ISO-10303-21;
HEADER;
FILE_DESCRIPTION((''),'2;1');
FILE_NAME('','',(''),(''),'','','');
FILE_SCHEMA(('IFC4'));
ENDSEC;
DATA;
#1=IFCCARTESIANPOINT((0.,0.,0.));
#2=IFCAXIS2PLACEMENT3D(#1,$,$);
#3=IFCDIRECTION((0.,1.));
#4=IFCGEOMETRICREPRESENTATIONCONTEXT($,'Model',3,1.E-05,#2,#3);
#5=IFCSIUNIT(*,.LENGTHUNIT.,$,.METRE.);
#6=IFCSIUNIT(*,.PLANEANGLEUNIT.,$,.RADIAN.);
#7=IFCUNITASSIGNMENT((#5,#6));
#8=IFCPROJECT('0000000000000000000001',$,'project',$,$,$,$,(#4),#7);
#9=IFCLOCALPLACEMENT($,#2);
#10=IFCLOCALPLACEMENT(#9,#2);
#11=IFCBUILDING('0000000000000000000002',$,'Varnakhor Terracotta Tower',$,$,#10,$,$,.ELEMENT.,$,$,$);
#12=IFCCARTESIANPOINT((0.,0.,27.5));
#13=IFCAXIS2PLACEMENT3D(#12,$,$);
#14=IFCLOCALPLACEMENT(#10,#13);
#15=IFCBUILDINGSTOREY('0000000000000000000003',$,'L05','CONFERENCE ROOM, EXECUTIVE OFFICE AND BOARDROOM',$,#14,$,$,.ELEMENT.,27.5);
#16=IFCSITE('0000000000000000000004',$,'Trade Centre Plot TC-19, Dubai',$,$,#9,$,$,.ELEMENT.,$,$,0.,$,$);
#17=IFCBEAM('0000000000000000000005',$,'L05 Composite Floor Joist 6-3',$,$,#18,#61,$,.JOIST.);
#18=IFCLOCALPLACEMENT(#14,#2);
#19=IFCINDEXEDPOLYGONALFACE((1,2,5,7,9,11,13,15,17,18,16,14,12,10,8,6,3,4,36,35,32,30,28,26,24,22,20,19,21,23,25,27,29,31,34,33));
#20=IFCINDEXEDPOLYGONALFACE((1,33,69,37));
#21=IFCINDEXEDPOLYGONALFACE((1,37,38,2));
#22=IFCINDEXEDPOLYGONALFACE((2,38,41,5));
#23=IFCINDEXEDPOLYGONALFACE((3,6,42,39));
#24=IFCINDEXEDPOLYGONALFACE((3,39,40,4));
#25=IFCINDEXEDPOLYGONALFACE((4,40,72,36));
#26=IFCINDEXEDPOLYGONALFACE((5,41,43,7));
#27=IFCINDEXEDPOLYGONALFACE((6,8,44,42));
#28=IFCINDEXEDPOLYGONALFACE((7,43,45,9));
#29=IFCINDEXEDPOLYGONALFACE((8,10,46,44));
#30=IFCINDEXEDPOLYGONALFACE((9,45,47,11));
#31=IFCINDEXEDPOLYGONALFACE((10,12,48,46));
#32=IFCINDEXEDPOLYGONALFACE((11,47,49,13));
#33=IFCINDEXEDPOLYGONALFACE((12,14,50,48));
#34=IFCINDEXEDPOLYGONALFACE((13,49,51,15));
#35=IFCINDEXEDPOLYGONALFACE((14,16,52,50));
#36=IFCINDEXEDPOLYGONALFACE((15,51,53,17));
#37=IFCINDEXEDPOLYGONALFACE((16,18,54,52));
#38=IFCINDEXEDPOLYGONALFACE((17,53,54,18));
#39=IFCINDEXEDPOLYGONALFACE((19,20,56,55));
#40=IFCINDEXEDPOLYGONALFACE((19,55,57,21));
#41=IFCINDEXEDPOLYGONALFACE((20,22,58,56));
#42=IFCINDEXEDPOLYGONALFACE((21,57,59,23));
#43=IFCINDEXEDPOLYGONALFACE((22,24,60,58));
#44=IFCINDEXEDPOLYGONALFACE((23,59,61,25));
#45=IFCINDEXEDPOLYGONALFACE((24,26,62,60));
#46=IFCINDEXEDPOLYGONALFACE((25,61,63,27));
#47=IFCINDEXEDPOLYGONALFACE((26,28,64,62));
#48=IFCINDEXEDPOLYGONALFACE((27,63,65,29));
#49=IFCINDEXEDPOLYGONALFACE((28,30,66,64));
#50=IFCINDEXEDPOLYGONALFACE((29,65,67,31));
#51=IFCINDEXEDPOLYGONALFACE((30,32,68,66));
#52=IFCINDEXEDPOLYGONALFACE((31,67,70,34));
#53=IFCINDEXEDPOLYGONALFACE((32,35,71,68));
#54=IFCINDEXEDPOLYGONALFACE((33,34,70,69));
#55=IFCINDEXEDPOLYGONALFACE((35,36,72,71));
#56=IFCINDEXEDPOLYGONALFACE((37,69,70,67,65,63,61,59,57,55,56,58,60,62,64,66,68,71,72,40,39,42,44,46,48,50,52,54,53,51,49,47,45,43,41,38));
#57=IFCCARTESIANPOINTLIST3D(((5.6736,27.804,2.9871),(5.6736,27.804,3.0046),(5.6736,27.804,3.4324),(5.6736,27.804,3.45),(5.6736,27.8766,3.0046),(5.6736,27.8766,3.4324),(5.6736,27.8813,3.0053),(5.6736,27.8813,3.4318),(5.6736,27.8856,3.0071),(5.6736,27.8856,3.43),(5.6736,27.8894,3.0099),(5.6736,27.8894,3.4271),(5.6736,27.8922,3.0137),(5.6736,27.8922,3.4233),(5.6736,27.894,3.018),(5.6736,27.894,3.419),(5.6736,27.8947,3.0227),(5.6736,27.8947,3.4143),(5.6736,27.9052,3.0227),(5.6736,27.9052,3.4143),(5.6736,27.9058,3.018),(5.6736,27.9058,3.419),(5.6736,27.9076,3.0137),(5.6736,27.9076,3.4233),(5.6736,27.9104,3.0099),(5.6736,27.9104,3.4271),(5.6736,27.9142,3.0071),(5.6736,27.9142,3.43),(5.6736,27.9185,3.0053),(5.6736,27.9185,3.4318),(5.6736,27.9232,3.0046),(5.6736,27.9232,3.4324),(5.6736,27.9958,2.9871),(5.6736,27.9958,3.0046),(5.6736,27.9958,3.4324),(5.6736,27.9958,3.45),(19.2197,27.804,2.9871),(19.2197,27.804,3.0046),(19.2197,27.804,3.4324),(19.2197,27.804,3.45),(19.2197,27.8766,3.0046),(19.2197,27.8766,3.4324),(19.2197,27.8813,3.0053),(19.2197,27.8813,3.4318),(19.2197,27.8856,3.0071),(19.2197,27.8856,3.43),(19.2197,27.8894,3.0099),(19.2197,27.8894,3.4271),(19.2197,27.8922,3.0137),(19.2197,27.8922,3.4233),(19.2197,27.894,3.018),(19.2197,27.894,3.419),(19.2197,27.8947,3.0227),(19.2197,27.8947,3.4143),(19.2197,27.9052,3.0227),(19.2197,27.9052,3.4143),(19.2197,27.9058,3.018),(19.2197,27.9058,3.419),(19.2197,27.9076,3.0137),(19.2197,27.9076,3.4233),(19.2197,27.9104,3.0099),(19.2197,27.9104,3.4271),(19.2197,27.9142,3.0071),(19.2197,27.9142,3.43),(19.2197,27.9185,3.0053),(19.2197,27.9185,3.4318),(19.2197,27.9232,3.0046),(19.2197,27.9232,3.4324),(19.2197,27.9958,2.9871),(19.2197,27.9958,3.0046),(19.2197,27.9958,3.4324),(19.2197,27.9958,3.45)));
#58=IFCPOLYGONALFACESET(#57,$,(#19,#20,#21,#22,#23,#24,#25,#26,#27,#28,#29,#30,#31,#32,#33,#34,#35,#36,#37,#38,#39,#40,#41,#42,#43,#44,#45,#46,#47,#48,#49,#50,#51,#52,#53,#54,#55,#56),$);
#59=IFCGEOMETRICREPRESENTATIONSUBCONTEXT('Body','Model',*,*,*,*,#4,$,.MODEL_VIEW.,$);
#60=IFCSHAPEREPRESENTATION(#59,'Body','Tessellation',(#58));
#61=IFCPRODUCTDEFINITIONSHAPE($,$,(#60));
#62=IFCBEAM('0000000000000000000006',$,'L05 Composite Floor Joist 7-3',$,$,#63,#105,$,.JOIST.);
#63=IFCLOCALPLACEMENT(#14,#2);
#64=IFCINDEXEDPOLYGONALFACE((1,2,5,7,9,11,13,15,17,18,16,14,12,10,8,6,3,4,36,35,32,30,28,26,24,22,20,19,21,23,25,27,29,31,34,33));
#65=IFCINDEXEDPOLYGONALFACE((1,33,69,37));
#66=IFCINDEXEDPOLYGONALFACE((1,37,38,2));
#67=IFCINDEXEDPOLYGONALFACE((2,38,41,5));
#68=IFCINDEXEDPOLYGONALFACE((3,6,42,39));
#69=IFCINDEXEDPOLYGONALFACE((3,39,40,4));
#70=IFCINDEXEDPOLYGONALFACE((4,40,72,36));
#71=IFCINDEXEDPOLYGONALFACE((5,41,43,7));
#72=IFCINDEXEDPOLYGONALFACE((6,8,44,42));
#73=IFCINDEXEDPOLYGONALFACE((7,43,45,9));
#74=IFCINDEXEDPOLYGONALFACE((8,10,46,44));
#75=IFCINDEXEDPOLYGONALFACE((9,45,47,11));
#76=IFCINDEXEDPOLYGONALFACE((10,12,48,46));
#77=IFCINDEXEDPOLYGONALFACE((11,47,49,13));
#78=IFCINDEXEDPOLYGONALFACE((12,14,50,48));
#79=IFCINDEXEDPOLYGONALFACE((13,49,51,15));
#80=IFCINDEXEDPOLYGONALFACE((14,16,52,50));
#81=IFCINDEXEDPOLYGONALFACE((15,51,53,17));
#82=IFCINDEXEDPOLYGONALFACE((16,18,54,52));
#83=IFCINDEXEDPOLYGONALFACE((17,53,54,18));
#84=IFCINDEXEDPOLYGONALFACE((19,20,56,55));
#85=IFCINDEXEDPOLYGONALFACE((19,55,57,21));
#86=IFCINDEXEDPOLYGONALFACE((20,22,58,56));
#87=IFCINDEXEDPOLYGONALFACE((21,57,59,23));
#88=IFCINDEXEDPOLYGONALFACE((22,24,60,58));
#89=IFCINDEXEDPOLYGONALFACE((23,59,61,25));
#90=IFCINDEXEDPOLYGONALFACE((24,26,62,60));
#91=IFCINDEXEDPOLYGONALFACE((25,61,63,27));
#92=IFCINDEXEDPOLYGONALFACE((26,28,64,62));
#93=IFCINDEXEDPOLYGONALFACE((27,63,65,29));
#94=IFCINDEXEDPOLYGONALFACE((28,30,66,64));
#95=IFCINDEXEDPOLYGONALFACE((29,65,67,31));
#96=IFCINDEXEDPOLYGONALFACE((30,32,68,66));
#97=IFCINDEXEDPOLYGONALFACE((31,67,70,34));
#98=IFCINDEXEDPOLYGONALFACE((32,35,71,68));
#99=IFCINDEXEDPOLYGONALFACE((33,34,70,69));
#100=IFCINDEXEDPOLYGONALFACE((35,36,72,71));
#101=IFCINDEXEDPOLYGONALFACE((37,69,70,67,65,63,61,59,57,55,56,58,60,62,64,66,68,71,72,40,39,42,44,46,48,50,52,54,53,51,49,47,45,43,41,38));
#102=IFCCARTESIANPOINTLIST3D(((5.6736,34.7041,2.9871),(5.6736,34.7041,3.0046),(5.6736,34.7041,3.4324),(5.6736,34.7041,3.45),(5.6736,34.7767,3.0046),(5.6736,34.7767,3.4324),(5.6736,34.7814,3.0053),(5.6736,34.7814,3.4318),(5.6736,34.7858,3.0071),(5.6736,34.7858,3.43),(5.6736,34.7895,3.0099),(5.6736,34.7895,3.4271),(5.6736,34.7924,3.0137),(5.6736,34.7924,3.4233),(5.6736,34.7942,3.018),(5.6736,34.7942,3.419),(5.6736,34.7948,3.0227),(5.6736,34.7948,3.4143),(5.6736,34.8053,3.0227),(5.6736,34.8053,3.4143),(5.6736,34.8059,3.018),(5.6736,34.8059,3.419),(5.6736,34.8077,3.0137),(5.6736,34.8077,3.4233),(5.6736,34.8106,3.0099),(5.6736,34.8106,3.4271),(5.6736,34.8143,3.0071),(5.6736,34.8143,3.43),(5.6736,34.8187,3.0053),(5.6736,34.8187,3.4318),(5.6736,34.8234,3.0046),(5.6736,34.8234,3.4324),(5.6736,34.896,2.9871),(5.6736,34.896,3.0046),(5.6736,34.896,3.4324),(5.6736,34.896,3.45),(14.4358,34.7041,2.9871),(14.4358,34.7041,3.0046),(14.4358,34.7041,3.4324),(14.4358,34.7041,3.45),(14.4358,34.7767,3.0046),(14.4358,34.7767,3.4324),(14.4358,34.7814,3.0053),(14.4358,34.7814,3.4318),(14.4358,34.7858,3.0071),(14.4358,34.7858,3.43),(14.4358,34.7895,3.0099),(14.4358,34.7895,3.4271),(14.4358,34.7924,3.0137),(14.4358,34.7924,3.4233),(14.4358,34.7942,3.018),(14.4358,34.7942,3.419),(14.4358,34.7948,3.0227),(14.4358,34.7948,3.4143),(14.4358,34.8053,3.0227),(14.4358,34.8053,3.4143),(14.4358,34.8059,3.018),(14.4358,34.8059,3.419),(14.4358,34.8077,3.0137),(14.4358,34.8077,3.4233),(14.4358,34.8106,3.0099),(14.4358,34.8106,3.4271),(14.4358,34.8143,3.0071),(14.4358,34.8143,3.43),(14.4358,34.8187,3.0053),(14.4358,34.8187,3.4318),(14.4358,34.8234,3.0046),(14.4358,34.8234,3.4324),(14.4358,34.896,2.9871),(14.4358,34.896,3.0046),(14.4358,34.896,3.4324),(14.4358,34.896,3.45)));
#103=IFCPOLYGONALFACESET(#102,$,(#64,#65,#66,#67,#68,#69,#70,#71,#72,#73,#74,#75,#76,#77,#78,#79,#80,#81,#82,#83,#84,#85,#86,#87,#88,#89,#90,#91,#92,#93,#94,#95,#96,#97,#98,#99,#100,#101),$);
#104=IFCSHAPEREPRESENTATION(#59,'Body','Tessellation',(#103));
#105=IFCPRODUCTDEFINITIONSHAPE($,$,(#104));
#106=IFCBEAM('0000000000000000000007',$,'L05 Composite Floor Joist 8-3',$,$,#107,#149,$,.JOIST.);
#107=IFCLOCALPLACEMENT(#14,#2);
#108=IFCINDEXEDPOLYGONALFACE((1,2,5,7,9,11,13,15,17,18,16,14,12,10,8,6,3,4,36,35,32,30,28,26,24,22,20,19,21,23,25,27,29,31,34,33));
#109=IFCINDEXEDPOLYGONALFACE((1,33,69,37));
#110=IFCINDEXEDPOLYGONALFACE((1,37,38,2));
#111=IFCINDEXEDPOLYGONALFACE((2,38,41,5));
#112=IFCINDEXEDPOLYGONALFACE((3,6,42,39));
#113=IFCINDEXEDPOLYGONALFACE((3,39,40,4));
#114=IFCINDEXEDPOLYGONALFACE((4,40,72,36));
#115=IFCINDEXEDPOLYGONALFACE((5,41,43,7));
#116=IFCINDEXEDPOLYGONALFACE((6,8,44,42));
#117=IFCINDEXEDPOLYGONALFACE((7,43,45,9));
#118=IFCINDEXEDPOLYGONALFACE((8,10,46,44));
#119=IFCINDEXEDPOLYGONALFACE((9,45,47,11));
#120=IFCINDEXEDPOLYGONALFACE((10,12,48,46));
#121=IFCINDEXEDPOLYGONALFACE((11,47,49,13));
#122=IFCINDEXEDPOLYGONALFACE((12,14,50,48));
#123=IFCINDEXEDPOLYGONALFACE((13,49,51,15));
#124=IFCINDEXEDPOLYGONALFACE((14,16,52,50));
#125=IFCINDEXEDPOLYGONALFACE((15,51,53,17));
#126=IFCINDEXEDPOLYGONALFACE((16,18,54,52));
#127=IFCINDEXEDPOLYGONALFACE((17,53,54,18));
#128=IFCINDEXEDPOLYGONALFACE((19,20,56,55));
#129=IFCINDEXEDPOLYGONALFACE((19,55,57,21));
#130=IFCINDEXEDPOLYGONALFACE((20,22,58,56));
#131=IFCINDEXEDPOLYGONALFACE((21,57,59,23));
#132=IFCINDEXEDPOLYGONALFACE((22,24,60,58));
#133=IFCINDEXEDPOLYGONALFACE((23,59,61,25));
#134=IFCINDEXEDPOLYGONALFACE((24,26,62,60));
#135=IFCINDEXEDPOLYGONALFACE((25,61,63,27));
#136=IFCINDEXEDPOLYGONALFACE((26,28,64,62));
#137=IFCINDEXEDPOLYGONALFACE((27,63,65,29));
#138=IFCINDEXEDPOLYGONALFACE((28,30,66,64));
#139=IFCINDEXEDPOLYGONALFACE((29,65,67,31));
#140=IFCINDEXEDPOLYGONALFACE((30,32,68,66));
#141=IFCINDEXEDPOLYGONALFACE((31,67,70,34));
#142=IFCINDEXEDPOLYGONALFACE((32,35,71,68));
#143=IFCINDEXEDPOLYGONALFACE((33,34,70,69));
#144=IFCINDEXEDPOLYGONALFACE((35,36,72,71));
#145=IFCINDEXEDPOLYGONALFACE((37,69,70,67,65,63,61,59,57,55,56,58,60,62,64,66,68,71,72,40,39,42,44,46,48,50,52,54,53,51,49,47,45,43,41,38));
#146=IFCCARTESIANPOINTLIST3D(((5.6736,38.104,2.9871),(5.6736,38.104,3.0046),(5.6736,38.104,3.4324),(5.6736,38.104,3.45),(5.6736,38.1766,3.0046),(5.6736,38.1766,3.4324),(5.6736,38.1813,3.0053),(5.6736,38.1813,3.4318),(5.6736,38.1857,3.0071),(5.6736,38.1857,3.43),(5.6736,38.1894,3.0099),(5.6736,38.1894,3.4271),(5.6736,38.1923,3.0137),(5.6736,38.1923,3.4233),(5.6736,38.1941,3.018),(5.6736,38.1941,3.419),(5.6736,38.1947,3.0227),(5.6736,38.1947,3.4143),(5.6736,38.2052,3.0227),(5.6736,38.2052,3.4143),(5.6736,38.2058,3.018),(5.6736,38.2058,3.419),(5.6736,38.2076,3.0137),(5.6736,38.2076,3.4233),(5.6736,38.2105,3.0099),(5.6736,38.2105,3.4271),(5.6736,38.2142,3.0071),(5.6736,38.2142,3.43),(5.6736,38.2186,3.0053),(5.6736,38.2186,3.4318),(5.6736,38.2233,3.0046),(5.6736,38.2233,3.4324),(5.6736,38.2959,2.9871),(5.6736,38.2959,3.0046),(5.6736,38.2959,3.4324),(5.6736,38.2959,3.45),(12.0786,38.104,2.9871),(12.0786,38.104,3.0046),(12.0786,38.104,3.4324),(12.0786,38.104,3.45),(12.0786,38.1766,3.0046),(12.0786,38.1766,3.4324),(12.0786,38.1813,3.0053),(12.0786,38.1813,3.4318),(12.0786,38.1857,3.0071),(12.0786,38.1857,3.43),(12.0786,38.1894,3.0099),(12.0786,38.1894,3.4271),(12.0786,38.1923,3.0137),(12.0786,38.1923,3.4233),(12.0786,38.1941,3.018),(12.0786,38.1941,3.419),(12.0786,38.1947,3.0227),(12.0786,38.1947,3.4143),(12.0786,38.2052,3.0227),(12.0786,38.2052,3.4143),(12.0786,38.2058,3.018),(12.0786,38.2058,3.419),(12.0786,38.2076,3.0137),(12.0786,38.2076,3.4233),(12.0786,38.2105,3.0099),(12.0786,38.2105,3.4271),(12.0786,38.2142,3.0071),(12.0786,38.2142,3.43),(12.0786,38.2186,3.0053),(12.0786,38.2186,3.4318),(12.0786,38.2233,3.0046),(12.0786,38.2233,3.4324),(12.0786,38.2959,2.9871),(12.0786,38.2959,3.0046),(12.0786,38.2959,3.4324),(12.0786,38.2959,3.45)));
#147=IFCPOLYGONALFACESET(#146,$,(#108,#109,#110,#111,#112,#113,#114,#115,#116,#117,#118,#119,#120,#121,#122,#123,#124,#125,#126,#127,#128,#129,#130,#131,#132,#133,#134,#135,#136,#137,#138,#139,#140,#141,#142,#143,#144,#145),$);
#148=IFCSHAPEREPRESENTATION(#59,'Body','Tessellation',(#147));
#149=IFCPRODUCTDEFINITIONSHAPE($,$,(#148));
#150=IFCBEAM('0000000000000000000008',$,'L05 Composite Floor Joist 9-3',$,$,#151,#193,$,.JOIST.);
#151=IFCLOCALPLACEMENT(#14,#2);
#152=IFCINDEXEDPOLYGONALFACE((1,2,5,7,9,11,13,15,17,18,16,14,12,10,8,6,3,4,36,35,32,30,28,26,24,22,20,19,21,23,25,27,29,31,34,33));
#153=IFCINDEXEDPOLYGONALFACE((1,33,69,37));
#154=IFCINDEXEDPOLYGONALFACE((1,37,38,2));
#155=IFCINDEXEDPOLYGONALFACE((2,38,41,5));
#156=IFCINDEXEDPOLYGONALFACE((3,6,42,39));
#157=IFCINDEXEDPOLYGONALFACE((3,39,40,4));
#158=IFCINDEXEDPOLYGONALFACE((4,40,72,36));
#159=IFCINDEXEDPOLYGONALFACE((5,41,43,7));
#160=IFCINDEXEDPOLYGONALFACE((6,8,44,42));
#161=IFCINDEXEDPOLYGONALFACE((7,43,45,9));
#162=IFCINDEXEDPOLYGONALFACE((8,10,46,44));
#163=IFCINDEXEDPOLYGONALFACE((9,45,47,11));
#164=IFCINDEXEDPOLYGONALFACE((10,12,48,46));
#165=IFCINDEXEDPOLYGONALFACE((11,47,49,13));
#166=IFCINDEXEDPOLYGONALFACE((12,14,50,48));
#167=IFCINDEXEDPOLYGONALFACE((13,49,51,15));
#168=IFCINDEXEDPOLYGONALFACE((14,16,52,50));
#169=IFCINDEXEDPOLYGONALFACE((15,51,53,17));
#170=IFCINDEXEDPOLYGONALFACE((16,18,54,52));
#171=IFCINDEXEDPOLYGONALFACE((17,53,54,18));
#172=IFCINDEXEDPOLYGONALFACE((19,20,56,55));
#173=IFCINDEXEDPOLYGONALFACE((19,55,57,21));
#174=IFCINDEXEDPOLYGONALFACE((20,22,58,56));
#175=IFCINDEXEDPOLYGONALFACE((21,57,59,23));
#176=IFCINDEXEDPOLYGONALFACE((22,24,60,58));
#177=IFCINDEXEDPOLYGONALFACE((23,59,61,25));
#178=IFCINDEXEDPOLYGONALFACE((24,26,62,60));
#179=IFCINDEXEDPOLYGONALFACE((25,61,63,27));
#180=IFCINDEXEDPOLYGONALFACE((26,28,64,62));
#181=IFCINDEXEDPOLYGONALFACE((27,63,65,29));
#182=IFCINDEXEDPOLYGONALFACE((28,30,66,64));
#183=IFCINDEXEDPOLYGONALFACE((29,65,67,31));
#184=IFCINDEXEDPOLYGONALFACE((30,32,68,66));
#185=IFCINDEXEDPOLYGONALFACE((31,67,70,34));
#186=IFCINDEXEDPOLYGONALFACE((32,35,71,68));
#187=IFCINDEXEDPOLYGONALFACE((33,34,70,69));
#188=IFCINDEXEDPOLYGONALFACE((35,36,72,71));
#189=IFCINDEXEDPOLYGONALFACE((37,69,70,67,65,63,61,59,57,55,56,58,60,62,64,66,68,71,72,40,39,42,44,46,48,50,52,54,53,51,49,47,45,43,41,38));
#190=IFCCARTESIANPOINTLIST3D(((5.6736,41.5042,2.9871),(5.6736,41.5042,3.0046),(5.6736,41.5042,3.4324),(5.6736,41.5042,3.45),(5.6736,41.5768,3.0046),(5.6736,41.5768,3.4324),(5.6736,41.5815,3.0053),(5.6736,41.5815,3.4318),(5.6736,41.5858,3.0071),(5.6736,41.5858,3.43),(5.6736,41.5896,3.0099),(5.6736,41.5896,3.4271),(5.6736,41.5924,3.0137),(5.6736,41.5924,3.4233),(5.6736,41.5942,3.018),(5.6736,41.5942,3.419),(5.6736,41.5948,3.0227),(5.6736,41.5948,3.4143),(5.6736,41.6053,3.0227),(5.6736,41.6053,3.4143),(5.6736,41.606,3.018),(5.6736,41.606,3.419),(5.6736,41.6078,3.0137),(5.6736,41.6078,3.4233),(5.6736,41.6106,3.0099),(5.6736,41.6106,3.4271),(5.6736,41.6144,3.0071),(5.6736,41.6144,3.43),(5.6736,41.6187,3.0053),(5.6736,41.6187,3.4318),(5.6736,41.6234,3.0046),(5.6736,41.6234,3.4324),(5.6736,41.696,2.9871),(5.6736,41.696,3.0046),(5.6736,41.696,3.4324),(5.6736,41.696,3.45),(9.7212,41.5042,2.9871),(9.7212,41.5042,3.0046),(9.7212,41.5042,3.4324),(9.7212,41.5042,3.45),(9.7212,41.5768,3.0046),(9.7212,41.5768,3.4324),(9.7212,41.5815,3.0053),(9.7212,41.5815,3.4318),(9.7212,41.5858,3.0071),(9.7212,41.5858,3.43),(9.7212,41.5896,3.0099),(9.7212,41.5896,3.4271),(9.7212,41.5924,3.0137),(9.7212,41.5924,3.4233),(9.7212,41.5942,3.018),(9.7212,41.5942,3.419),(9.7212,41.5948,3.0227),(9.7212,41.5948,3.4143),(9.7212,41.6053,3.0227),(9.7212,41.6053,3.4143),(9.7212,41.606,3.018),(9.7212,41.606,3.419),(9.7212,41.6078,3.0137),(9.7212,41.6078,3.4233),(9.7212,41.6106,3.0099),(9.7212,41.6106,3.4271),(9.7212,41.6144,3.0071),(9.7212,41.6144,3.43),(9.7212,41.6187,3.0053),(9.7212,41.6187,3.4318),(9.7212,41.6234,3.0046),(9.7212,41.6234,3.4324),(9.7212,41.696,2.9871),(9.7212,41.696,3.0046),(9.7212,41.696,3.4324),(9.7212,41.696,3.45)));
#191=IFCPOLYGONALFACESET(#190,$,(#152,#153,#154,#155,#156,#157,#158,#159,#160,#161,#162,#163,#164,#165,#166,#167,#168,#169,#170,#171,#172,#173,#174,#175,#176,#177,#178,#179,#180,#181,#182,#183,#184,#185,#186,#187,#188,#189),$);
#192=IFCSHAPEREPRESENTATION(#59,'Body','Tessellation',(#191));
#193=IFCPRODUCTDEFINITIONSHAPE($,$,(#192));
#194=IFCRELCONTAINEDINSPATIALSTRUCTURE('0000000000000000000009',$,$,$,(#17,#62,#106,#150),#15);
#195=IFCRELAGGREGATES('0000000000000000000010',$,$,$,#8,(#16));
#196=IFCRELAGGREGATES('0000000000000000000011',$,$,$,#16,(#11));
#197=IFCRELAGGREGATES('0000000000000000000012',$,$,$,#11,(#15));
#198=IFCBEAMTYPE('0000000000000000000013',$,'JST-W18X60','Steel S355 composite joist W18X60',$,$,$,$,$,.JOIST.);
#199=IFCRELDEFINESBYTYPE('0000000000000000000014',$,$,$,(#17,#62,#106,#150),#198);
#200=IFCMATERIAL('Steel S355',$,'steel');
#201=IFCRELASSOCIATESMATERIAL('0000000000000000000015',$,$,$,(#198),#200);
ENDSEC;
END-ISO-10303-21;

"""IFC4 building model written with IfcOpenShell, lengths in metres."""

from ifc_helpers import new_model, si_unit, direction, frame, origin, origin_2d, place, context, subcontext, project, spatial, i_section, extrude, source, transform, mapped, material, material_profile, profile_set, type_object, element, save


model = new_model("IFC4")

# Units and contexts
model_context = context("Model", 3, precision=1e-05, world=origin(), true_north=direction((0.0, 1.0)))
body_context = subcontext(model_context, "Body", "Model", "MODEL_VIEW")
ifc_project = project(units=[si_unit("LENGTHUNIT", "METRE"), si_unit("PLANEANGLEUNIT", "RADIAN")], contexts=[model_context])

# Site, building, storey
site_placement = place(None, origin())
site = spatial("IfcSite", under=ifc_project, at=site_placement, Name="Trade Centre Plot TC-19, Dubai", CompositionType="ELEMENT", RefElevation=0.0)
building_placement = place(site_placement, origin())
building = spatial("IfcBuilding", under=site, at=building_placement, Name="Varnakhor Terracotta Tower", CompositionType="ELEMENT")
storey_placement = place(building_placement, frame((0.0, 0.0, 27.5)))
storey = spatial("IfcBuildingStorey", under=building, at=storey_placement, Name="L05", Description="CONFERENCE ROOM, EXECUTIVE OFFICE AND BOARDROOM", CompositionType="ELEMENT", Elevation=27.5)

# Beams
ifc_material_1 = material(Name="Steel S355", Category="steel")
ifc_material_profile_1 = material_profile(ifc_material_1, i_section(OverallWidth=0.1919, OverallDepth=0.4629, WebThickness=0.0105, FlangeThickness=0.0176, FilletRadius=0.0181, at=origin_2d()), Name="W18X60")
ifc_profile_set_1 = profile_set([ifc_material_profile_1], Name="Steel S355")
beam_type_1 = type_object("IfcBeamType", Name="JST-W18X60", Description="Steel S355 composite joist W18X60", PredefinedType="JOIST", material=ifc_profile_set_1)
shared_shape_1 = source(origin(), body_context, "Body", "SweptSolid", [
    extrude(i_section(OverallWidth=0.1919, OverallDepth=0.4629, WebThickness=0.0105, FlangeThickness=0.0176, FilletRadius=0.0181, at=origin_2d()), origin(), (0.0, 0.0, 1.0), 13.5461),
])
beam_1_placement = place(storey_placement, frame((5.6736, 27.8999, 3.2185), z_axis=(1.0, 0.0, 0.0), x_axis=(0.0, 1.0, 0.0)))
element("IfcBeam", 1, at=beam_1_placement, inside=storey, type_object=beam_type_1, Name="L05 Composite Floor Joist 6-3", PredefinedType="JOIST", context=body_context, shape_type="MappedRepresentation", body=[
    mapped(shared_shape_1, transform((0.0, 0.0, 0.0), scale=1.0)),
])
shared_shape_2 = source(origin(), body_context, "Body", "SweptSolid", [
    extrude(i_section(OverallWidth=0.1919, OverallDepth=0.4629, WebThickness=0.0105, FlangeThickness=0.0176, FilletRadius=0.0181, at=origin_2d()), origin(), (0.0, 0.0, 1.0), 8.7622),
])
beam_2_placement = place(storey_placement, frame((5.6736, 34.8, 3.2185), z_axis=(1.0, 0.0, 0.0), x_axis=(0.0, 1.0, 0.0)))
element("IfcBeam", 2, at=beam_2_placement, inside=storey, type_object=beam_type_1, Name="L05 Composite Floor Joist 7-3", PredefinedType="JOIST", context=body_context, shape_type="MappedRepresentation", body=[
    mapped(shared_shape_2, transform((0.0, 0.0, 0.0), scale=1.0)),
])
shared_shape_3 = source(origin(), body_context, "Body", "SweptSolid", [
    extrude(i_section(OverallWidth=0.1919, OverallDepth=0.4629, WebThickness=0.0105, FlangeThickness=0.0176, FilletRadius=0.0181, at=origin_2d()), origin(), (0.0, 0.0, 1.0), 6.405),
])
beam_3_placement = place(storey_placement, frame((5.6736, 38.2, 3.2185), z_axis=(1.0, 0.0, 0.0), x_axis=(0.0, 1.0, 0.0)))
element("IfcBeam", 3, at=beam_3_placement, inside=storey, type_object=beam_type_1, Name="L05 Composite Floor Joist 8-3", PredefinedType="JOIST", context=body_context, shape_type="MappedRepresentation", body=[
    mapped(shared_shape_3, transform((0.0, 0.0, 0.0), scale=1.0)),
])
shared_shape_4 = source(origin(), body_context, "Body", "SweptSolid", [
    extrude(i_section(OverallWidth=0.1919, OverallDepth=0.4629, WebThickness=0.0105, FlangeThickness=0.0176, FilletRadius=0.0181, at=origin_2d()), origin(), (0.0, 0.0, 1.0), 4.0476),
])
beam_4_placement = place(storey_placement, frame((5.6736, 41.6001, 3.2185), z_axis=(1.0, 0.0, 0.0), x_axis=(0.0, 1.0, 0.0)))
element("IfcBeam", 4, at=beam_4_placement, inside=storey, type_object=beam_type_1, Name="L05 Composite Floor Joist 9-3", PredefinedType="JOIST", context=body_context, shape_type="MappedRepresentation", body=[
    mapped(shared_shape_4, transform((0.0, 0.0, 0.0), scale=1.0)),
])

save(model, "model.ifc")
